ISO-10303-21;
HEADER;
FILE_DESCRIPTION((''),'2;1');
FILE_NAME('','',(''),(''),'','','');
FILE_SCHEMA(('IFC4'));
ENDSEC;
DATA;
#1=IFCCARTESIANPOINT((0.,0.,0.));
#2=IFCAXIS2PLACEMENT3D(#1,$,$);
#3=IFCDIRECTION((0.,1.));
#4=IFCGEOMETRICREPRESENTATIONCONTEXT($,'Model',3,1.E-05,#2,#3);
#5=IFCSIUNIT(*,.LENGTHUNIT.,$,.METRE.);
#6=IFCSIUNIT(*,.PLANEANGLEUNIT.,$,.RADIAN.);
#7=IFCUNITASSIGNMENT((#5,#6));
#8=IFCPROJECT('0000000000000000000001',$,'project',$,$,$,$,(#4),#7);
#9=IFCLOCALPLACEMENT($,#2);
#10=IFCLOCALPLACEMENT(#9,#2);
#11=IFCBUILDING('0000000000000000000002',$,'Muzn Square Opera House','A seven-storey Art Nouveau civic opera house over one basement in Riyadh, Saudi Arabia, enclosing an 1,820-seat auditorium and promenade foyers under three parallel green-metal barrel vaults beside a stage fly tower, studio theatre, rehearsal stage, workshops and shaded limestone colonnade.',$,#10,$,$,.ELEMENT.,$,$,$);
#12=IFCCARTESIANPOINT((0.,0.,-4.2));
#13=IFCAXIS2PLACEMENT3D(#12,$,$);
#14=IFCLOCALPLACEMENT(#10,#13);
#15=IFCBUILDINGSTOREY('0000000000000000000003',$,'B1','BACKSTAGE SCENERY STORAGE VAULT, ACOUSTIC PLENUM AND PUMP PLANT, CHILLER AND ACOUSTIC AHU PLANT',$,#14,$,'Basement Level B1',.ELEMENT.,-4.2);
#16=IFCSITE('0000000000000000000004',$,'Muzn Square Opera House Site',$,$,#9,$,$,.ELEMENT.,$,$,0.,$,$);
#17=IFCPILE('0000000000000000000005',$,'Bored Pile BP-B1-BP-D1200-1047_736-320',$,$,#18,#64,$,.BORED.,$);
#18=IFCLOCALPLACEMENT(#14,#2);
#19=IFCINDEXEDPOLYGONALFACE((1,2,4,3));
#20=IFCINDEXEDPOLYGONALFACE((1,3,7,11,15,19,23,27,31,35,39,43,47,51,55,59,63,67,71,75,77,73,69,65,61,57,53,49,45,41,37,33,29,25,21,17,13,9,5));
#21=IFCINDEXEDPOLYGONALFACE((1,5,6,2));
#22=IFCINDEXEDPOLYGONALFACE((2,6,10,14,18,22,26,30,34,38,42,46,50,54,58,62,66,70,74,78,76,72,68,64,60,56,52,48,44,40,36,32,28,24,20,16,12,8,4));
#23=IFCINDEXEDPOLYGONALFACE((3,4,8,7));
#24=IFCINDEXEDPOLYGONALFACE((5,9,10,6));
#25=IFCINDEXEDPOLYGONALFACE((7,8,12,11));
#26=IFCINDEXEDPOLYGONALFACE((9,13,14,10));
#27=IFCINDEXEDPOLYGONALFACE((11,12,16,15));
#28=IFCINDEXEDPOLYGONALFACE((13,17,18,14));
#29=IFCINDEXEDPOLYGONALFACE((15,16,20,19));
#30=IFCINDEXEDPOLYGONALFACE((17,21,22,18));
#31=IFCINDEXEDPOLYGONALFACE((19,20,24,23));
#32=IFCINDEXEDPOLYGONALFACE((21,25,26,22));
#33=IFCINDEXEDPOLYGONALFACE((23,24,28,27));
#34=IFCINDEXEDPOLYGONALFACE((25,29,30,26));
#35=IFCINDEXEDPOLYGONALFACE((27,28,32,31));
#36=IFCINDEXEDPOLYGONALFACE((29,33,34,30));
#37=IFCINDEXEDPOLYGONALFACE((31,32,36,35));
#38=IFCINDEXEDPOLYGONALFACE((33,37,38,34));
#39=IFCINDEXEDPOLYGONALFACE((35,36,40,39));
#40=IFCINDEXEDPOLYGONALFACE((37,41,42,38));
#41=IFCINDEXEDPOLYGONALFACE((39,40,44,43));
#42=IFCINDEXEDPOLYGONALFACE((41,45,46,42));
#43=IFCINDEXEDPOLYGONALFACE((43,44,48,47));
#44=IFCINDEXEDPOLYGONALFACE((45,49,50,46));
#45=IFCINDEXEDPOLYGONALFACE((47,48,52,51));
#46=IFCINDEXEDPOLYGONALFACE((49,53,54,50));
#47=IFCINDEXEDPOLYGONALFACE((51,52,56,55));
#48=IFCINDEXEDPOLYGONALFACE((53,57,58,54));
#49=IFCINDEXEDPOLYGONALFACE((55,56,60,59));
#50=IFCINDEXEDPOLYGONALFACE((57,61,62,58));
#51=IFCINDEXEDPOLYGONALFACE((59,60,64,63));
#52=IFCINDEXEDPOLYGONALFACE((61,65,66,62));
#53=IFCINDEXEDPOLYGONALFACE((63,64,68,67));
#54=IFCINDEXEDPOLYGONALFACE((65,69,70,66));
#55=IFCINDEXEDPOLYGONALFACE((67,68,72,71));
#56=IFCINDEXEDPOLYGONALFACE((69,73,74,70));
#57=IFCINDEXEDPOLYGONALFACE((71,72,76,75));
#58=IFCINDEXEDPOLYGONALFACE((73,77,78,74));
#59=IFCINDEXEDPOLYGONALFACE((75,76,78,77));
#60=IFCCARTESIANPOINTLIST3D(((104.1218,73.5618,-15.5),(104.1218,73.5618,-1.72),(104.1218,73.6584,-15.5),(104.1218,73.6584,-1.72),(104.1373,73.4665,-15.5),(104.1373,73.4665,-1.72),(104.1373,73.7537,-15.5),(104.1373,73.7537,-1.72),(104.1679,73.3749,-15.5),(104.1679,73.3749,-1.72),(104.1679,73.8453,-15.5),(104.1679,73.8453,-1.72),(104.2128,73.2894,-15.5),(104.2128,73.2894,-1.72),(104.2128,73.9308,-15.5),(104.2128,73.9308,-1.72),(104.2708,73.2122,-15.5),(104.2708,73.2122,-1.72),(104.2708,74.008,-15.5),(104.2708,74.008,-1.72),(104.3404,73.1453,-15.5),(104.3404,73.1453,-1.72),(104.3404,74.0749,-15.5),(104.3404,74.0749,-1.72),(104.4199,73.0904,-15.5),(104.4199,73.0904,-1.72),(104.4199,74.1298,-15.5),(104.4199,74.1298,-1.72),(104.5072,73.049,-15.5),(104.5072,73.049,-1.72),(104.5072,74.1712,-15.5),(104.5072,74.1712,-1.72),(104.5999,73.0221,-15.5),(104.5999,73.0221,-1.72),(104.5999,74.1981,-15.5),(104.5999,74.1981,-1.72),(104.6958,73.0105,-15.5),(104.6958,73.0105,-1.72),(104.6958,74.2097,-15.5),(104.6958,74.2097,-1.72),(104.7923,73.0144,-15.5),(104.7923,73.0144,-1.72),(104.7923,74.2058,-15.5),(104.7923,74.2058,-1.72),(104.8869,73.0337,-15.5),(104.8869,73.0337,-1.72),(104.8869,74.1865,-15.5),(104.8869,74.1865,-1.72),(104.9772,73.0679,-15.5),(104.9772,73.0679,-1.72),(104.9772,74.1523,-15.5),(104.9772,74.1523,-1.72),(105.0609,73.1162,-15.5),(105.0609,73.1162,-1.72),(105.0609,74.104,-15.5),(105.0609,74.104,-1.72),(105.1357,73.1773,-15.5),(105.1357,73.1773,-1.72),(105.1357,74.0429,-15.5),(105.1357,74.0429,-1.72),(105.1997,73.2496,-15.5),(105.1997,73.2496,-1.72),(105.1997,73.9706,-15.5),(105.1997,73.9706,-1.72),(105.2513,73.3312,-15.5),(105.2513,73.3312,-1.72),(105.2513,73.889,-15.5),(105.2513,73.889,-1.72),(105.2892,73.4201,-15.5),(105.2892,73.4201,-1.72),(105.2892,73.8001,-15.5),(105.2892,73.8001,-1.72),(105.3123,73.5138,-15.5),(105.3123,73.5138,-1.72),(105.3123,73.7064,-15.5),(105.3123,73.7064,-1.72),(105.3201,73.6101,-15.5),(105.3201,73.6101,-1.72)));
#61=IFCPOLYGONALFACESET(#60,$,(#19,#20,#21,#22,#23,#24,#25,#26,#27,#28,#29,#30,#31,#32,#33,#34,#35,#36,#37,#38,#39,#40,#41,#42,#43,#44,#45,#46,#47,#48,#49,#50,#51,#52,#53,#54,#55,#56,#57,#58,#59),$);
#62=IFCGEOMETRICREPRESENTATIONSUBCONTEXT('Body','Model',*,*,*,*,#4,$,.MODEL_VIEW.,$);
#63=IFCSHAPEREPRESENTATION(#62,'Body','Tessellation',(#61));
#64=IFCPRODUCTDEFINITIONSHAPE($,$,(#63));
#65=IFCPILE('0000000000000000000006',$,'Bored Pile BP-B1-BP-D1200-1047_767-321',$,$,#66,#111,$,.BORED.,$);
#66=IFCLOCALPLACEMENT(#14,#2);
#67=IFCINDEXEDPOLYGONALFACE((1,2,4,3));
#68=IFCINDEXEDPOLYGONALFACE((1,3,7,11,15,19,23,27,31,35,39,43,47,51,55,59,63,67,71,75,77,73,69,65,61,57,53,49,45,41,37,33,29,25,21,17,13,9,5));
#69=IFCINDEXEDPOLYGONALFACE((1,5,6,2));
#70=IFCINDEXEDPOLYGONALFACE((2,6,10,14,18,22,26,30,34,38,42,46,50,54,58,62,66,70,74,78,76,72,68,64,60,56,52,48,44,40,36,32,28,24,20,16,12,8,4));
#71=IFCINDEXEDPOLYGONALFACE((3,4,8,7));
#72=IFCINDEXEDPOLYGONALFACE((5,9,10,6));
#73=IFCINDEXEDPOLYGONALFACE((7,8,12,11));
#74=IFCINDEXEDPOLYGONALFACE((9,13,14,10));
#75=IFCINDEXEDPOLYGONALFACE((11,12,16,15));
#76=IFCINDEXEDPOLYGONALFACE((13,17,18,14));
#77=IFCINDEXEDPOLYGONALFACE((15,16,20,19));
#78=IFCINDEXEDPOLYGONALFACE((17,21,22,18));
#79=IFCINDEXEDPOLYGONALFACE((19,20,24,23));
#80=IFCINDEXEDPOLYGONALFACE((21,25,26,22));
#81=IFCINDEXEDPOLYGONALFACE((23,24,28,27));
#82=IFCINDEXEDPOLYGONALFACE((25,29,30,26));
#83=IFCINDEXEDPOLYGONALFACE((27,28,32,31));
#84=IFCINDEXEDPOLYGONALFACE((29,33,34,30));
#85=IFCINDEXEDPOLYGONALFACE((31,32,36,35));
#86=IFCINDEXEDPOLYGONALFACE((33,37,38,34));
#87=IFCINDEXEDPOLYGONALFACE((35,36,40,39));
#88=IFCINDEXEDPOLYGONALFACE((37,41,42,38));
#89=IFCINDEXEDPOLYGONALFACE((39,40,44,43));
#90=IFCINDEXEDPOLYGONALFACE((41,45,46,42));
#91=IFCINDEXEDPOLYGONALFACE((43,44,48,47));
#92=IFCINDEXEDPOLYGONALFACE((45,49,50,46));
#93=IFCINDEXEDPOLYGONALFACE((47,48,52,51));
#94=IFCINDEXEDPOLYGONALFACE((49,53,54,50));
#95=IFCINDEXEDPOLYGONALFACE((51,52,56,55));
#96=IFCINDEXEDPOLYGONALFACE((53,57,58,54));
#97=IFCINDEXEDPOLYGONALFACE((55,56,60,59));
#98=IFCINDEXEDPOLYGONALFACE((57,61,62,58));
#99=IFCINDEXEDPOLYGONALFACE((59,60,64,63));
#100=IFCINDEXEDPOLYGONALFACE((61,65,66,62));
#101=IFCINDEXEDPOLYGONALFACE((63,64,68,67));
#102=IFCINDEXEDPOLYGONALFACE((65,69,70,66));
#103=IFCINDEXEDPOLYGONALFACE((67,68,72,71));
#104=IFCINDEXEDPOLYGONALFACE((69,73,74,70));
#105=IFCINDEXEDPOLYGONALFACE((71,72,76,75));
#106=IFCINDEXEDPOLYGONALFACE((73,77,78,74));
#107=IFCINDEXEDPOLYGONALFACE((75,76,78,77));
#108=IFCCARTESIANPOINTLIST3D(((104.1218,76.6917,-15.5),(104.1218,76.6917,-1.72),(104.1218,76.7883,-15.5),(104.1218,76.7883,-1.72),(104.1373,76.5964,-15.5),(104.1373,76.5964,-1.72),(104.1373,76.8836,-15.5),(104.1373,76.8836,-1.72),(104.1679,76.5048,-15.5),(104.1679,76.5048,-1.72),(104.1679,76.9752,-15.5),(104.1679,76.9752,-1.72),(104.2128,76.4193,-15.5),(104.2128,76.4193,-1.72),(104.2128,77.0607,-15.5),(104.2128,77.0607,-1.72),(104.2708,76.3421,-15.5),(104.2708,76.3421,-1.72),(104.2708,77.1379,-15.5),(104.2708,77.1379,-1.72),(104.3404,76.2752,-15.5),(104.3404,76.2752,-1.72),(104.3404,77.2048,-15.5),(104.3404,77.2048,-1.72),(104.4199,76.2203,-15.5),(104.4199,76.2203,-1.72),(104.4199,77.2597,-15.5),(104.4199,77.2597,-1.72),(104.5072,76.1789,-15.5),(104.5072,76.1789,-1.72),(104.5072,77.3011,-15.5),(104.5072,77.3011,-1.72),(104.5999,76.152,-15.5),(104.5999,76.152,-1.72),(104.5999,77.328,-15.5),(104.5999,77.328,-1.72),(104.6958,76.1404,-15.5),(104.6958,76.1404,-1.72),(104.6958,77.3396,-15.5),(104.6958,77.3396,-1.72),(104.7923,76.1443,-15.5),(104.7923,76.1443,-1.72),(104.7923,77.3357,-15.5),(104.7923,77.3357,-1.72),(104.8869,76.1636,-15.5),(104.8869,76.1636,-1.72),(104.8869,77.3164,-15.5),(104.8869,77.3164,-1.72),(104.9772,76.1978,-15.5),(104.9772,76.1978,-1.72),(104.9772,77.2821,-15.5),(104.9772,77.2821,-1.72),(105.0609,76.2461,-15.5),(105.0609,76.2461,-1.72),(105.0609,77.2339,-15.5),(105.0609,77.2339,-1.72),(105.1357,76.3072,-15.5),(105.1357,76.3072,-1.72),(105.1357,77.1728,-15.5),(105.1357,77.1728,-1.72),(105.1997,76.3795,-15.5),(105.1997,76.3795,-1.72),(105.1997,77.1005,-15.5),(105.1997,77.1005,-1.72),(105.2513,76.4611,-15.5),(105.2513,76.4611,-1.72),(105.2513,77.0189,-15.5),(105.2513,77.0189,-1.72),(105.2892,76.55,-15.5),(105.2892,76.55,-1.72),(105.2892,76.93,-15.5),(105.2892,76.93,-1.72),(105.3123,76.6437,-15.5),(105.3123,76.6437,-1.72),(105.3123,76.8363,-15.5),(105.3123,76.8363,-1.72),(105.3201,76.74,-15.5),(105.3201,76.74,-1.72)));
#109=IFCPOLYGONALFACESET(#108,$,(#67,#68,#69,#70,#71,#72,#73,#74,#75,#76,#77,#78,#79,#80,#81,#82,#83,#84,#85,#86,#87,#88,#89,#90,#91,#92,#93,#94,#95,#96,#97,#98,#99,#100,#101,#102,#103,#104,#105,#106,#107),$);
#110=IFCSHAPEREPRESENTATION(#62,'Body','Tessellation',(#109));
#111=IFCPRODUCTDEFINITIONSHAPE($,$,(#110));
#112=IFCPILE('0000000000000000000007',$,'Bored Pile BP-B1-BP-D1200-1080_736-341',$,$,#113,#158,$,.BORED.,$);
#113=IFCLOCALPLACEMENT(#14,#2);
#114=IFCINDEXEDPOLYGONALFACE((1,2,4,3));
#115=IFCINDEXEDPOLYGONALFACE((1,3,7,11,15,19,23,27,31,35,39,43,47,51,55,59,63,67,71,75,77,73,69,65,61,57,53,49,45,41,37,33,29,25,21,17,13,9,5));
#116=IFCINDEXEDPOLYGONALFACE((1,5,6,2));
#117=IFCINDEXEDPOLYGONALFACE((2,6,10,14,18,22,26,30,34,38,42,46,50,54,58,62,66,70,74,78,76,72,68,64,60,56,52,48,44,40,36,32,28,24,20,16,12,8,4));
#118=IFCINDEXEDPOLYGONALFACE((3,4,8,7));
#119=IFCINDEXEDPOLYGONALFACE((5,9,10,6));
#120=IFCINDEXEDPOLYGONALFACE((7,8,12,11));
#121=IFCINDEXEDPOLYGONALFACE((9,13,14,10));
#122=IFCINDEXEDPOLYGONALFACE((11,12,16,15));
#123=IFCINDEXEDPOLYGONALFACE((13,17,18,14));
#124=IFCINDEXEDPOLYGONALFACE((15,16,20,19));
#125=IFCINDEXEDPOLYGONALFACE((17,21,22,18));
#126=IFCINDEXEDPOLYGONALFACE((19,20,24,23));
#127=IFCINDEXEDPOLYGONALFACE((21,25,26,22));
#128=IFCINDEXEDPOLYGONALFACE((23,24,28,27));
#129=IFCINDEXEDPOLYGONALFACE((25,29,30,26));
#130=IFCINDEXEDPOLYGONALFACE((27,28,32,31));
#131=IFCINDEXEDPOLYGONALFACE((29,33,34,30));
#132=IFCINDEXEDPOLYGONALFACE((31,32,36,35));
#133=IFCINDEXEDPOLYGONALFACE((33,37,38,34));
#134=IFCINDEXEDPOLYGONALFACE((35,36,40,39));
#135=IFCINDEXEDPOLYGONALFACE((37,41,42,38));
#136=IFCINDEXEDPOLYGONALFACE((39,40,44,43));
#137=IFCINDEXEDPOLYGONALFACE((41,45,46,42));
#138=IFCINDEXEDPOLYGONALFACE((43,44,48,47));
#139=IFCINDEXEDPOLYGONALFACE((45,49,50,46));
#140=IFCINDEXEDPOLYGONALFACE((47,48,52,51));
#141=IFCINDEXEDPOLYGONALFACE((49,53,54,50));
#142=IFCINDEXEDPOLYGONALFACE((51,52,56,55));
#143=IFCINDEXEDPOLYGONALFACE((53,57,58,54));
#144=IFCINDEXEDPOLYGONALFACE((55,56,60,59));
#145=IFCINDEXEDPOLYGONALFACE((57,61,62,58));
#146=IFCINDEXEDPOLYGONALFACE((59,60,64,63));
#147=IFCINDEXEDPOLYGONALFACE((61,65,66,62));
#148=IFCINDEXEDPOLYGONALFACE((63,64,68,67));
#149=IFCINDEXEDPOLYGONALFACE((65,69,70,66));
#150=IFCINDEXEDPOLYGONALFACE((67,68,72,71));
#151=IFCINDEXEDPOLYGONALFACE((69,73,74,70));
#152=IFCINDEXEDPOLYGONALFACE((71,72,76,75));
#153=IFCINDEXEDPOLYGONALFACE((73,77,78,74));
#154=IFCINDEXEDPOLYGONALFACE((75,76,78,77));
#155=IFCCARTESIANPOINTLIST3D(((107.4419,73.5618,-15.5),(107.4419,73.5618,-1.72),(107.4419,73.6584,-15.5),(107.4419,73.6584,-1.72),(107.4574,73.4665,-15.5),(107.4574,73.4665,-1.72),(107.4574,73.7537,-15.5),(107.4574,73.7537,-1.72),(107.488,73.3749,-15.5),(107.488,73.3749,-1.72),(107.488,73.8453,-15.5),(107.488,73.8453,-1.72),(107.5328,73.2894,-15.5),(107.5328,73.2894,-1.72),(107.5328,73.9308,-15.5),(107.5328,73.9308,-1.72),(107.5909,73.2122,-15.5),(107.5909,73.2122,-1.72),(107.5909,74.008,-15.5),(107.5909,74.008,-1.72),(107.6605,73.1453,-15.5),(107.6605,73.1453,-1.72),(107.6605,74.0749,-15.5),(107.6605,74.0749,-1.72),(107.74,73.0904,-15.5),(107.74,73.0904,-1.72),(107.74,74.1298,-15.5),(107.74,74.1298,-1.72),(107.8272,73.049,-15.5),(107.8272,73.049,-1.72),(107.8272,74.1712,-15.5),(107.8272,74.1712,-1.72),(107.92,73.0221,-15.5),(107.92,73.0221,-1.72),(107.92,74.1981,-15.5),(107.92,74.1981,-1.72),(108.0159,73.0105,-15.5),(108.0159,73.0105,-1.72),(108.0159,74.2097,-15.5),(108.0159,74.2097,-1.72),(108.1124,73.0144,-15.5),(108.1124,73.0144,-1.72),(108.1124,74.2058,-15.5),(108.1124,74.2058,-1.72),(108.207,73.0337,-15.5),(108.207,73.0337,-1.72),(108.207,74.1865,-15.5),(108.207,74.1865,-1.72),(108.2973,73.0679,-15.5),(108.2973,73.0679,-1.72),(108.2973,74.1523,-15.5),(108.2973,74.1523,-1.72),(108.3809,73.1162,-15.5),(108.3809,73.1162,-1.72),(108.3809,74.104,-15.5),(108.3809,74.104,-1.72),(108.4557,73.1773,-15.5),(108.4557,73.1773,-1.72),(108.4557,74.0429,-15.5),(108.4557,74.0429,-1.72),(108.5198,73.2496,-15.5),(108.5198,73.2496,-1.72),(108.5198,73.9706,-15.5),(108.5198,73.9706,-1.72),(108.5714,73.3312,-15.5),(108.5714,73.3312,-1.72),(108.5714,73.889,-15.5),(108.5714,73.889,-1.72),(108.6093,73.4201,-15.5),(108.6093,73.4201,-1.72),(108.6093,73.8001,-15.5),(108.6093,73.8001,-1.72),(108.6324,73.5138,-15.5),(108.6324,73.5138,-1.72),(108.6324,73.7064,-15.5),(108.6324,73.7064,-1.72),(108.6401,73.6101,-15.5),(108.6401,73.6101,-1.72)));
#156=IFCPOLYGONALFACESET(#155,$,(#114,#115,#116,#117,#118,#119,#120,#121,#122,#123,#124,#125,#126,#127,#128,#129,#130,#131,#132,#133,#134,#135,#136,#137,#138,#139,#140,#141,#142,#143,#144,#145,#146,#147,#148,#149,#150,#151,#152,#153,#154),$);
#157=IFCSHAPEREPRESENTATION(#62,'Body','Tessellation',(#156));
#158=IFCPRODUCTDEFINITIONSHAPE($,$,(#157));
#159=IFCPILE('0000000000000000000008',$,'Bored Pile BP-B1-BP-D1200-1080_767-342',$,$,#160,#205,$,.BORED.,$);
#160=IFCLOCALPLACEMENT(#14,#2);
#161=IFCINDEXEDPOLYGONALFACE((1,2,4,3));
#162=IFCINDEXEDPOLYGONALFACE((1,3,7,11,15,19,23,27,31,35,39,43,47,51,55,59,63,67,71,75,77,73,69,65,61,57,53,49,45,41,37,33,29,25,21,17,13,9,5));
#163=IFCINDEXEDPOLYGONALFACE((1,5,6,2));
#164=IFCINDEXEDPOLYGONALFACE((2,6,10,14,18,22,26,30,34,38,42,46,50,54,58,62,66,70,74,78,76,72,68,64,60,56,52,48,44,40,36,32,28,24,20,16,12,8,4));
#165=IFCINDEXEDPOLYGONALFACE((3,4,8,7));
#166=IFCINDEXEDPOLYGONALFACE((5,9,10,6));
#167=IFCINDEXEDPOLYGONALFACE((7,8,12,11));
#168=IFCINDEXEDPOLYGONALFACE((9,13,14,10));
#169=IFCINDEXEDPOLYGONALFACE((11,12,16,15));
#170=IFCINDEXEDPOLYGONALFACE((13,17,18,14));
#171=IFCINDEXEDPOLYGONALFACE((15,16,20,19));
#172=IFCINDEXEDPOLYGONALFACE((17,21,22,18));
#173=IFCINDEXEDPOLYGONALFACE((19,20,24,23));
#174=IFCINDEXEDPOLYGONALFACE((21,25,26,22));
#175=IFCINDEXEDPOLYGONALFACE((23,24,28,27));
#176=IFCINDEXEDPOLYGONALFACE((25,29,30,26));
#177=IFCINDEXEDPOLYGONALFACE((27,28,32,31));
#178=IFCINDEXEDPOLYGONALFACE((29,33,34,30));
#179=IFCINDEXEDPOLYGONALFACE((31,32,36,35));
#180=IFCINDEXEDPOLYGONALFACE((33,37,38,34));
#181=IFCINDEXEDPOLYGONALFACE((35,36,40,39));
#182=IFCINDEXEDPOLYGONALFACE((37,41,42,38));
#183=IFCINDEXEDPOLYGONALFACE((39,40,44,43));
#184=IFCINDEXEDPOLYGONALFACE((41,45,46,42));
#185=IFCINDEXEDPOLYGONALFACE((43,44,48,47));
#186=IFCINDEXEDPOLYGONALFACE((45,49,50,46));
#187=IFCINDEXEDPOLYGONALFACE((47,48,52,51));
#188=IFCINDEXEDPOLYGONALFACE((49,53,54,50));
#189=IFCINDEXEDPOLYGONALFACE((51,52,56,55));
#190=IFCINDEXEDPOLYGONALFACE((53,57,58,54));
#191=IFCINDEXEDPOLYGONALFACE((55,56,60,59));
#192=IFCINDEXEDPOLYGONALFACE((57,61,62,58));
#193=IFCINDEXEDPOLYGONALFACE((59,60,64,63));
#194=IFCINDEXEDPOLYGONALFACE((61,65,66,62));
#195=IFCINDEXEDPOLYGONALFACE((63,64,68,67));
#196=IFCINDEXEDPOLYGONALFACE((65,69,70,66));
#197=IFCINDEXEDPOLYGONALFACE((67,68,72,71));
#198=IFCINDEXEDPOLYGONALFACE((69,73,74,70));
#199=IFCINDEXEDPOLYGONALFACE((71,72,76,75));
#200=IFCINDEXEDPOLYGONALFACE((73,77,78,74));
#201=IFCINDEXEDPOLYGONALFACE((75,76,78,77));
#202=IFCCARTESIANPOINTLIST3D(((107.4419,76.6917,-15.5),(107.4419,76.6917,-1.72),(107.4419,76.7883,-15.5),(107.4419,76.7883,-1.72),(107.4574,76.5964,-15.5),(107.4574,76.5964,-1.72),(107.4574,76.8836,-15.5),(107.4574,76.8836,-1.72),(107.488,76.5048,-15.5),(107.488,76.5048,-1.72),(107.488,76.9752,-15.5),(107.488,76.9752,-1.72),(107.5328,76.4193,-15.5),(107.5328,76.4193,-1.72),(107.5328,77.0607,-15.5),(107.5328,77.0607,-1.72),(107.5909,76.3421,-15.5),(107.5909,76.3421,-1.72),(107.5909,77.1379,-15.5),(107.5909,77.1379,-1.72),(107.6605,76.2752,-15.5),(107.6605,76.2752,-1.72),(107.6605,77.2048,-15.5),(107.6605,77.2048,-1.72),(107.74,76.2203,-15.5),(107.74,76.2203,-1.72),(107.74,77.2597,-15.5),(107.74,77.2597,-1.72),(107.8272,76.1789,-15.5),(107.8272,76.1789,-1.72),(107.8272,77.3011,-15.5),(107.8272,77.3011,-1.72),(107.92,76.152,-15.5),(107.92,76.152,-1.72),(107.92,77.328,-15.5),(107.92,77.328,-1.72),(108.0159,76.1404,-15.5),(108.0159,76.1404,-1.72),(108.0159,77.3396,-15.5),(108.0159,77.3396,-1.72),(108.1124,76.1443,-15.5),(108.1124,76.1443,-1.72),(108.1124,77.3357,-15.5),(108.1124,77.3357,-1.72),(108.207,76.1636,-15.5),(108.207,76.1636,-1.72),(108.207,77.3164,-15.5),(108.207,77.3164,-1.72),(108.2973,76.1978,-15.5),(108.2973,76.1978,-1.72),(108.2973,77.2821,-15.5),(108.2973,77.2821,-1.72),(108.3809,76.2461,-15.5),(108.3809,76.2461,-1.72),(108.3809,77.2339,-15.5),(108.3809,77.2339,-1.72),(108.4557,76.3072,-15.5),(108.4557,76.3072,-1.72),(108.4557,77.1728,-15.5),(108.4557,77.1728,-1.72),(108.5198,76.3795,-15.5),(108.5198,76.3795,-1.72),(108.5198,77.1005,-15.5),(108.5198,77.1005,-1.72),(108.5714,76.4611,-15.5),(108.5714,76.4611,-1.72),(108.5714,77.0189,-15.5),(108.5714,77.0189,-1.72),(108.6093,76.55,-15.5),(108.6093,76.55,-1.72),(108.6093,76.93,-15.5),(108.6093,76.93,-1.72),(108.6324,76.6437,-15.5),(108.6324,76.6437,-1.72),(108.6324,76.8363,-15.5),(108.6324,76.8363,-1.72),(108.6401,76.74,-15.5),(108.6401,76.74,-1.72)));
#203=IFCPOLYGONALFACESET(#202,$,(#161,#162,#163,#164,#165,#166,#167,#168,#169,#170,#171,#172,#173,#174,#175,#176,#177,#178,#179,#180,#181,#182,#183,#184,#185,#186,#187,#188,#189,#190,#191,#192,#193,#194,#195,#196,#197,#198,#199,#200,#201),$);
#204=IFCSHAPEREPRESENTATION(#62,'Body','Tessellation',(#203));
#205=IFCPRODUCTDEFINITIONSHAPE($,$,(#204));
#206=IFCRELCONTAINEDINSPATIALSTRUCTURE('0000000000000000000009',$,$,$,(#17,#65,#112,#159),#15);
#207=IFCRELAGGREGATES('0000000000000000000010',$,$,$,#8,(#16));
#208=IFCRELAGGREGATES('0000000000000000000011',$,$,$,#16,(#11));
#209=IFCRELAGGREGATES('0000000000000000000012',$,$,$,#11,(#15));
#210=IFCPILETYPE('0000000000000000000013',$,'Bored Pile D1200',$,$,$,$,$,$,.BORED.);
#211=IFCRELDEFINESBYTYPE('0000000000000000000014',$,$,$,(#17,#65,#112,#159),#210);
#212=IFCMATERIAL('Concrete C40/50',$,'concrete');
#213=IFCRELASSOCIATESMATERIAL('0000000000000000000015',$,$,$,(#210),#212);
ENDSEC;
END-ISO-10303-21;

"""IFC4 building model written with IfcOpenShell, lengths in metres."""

from ifc_helpers import new_model, si_unit, direction, frame, origin, origin_2d, place, context, subcontext, project, spatial, circle, extrude, material, material_profile, profile_set, type_object, element, save


model = new_model("IFC4")

# Units and contexts
model_context = context("Model", 3, precision=1e-05, world=origin(), true_north=direction((0.0, 1.0)))
body_context = subcontext(model_context, "Body", "Model", "MODEL_VIEW")
ifc_project = project(units=[si_unit("LENGTHUNIT", "METRE"), si_unit("PLANEANGLEUNIT", "RADIAN")], contexts=[model_context])

# Site, building, storey
site_placement = place(None, origin())
site = spatial("IfcSite", under=ifc_project, at=site_placement, Name="Muzn Square Opera House Site", CompositionType="ELEMENT", RefElevation=0.0)
building_placement = place(site_placement, origin())
building = spatial("IfcBuilding", under=site, at=building_placement, Name="Muzn Square Opera House", Description="A seven-storey Art Nouveau civic opera house over one basement in Riyadh, Saudi Arabia, enclosing an 1,820-seat auditorium and promenade foyers under three parallel green-metal barrel vaults beside a stage fly tower, studio theatre, rehearsal stage, workshops and shaded limestone colonnade.", CompositionType="ELEMENT")
storey_placement = place(building_placement, frame((0.0, 0.0, -4.2)))
storey = spatial("IfcBuildingStorey", under=building, at=storey_placement, Name="B1", Description="BACKSTAGE SCENERY STORAGE VAULT, ACOUSTIC PLENUM AND PUMP PLANT, CHILLER AND ACOUSTIC AHU PLANT", LongName="Basement Level B1", CompositionType="ELEMENT", Elevation=-4.2)

# Piles
ifc_material_1 = material(Name="Concrete C40/50", Category="concrete")
ifc_material_profile_1 = material_profile(ifc_material_1, circle(Radius=0.6001, at=origin_2d()), Name="BORED PILE D1200", Category="concrete")
ifc_profile_set_1 = profile_set([ifc_material_profile_1], Name="Concrete C40/50")
pile_type = type_object("IfcPileType", Name="Bored Pile D1200", PredefinedType="BORED", material=ifc_profile_set_1)
for number, where, z_axis, x_axis, name in (
    (1, (104.72, 73.6101, -1.72), (0.0, 0.0, -1.0), (1.0, 0.0, 0.0), "Bored Pile BP-B1-BP-D1200-1047_736-320"),
    (2, (104.72, 76.74, -1.72), (0.0, 0.0, -1.0), (1.0, 0.0, 0.0), "Bored Pile BP-B1-BP-D1200-1047_767-321"),
    (3, (108.04, 73.6101, -1.72), (0.0, 0.0, -1.0), (1.0, 0.0, 0.0), "Bored Pile BP-B1-BP-D1200-1080_736-341"),
    (4, (108.04, 76.74, -1.72), (0.0, 0.0, -1.0), (1.0, 0.0, 0.0), "Bored Pile BP-B1-BP-D1200-1080_767-342"),
):
    element("IfcPile", number, at=place(storey_placement, frame(where, z_axis=z_axis, x_axis=x_axis)), inside=storey, type_object=pile_type, Name=name, PredefinedType="BORED", context=body_context, shape_type="SweptSolid", body=[
        extrude(circle(Radius=0.6001, at=origin_2d()), origin(), (0.0, 0.0, 1.0), 13.78),
    ])

save(model, "model.ifc")
